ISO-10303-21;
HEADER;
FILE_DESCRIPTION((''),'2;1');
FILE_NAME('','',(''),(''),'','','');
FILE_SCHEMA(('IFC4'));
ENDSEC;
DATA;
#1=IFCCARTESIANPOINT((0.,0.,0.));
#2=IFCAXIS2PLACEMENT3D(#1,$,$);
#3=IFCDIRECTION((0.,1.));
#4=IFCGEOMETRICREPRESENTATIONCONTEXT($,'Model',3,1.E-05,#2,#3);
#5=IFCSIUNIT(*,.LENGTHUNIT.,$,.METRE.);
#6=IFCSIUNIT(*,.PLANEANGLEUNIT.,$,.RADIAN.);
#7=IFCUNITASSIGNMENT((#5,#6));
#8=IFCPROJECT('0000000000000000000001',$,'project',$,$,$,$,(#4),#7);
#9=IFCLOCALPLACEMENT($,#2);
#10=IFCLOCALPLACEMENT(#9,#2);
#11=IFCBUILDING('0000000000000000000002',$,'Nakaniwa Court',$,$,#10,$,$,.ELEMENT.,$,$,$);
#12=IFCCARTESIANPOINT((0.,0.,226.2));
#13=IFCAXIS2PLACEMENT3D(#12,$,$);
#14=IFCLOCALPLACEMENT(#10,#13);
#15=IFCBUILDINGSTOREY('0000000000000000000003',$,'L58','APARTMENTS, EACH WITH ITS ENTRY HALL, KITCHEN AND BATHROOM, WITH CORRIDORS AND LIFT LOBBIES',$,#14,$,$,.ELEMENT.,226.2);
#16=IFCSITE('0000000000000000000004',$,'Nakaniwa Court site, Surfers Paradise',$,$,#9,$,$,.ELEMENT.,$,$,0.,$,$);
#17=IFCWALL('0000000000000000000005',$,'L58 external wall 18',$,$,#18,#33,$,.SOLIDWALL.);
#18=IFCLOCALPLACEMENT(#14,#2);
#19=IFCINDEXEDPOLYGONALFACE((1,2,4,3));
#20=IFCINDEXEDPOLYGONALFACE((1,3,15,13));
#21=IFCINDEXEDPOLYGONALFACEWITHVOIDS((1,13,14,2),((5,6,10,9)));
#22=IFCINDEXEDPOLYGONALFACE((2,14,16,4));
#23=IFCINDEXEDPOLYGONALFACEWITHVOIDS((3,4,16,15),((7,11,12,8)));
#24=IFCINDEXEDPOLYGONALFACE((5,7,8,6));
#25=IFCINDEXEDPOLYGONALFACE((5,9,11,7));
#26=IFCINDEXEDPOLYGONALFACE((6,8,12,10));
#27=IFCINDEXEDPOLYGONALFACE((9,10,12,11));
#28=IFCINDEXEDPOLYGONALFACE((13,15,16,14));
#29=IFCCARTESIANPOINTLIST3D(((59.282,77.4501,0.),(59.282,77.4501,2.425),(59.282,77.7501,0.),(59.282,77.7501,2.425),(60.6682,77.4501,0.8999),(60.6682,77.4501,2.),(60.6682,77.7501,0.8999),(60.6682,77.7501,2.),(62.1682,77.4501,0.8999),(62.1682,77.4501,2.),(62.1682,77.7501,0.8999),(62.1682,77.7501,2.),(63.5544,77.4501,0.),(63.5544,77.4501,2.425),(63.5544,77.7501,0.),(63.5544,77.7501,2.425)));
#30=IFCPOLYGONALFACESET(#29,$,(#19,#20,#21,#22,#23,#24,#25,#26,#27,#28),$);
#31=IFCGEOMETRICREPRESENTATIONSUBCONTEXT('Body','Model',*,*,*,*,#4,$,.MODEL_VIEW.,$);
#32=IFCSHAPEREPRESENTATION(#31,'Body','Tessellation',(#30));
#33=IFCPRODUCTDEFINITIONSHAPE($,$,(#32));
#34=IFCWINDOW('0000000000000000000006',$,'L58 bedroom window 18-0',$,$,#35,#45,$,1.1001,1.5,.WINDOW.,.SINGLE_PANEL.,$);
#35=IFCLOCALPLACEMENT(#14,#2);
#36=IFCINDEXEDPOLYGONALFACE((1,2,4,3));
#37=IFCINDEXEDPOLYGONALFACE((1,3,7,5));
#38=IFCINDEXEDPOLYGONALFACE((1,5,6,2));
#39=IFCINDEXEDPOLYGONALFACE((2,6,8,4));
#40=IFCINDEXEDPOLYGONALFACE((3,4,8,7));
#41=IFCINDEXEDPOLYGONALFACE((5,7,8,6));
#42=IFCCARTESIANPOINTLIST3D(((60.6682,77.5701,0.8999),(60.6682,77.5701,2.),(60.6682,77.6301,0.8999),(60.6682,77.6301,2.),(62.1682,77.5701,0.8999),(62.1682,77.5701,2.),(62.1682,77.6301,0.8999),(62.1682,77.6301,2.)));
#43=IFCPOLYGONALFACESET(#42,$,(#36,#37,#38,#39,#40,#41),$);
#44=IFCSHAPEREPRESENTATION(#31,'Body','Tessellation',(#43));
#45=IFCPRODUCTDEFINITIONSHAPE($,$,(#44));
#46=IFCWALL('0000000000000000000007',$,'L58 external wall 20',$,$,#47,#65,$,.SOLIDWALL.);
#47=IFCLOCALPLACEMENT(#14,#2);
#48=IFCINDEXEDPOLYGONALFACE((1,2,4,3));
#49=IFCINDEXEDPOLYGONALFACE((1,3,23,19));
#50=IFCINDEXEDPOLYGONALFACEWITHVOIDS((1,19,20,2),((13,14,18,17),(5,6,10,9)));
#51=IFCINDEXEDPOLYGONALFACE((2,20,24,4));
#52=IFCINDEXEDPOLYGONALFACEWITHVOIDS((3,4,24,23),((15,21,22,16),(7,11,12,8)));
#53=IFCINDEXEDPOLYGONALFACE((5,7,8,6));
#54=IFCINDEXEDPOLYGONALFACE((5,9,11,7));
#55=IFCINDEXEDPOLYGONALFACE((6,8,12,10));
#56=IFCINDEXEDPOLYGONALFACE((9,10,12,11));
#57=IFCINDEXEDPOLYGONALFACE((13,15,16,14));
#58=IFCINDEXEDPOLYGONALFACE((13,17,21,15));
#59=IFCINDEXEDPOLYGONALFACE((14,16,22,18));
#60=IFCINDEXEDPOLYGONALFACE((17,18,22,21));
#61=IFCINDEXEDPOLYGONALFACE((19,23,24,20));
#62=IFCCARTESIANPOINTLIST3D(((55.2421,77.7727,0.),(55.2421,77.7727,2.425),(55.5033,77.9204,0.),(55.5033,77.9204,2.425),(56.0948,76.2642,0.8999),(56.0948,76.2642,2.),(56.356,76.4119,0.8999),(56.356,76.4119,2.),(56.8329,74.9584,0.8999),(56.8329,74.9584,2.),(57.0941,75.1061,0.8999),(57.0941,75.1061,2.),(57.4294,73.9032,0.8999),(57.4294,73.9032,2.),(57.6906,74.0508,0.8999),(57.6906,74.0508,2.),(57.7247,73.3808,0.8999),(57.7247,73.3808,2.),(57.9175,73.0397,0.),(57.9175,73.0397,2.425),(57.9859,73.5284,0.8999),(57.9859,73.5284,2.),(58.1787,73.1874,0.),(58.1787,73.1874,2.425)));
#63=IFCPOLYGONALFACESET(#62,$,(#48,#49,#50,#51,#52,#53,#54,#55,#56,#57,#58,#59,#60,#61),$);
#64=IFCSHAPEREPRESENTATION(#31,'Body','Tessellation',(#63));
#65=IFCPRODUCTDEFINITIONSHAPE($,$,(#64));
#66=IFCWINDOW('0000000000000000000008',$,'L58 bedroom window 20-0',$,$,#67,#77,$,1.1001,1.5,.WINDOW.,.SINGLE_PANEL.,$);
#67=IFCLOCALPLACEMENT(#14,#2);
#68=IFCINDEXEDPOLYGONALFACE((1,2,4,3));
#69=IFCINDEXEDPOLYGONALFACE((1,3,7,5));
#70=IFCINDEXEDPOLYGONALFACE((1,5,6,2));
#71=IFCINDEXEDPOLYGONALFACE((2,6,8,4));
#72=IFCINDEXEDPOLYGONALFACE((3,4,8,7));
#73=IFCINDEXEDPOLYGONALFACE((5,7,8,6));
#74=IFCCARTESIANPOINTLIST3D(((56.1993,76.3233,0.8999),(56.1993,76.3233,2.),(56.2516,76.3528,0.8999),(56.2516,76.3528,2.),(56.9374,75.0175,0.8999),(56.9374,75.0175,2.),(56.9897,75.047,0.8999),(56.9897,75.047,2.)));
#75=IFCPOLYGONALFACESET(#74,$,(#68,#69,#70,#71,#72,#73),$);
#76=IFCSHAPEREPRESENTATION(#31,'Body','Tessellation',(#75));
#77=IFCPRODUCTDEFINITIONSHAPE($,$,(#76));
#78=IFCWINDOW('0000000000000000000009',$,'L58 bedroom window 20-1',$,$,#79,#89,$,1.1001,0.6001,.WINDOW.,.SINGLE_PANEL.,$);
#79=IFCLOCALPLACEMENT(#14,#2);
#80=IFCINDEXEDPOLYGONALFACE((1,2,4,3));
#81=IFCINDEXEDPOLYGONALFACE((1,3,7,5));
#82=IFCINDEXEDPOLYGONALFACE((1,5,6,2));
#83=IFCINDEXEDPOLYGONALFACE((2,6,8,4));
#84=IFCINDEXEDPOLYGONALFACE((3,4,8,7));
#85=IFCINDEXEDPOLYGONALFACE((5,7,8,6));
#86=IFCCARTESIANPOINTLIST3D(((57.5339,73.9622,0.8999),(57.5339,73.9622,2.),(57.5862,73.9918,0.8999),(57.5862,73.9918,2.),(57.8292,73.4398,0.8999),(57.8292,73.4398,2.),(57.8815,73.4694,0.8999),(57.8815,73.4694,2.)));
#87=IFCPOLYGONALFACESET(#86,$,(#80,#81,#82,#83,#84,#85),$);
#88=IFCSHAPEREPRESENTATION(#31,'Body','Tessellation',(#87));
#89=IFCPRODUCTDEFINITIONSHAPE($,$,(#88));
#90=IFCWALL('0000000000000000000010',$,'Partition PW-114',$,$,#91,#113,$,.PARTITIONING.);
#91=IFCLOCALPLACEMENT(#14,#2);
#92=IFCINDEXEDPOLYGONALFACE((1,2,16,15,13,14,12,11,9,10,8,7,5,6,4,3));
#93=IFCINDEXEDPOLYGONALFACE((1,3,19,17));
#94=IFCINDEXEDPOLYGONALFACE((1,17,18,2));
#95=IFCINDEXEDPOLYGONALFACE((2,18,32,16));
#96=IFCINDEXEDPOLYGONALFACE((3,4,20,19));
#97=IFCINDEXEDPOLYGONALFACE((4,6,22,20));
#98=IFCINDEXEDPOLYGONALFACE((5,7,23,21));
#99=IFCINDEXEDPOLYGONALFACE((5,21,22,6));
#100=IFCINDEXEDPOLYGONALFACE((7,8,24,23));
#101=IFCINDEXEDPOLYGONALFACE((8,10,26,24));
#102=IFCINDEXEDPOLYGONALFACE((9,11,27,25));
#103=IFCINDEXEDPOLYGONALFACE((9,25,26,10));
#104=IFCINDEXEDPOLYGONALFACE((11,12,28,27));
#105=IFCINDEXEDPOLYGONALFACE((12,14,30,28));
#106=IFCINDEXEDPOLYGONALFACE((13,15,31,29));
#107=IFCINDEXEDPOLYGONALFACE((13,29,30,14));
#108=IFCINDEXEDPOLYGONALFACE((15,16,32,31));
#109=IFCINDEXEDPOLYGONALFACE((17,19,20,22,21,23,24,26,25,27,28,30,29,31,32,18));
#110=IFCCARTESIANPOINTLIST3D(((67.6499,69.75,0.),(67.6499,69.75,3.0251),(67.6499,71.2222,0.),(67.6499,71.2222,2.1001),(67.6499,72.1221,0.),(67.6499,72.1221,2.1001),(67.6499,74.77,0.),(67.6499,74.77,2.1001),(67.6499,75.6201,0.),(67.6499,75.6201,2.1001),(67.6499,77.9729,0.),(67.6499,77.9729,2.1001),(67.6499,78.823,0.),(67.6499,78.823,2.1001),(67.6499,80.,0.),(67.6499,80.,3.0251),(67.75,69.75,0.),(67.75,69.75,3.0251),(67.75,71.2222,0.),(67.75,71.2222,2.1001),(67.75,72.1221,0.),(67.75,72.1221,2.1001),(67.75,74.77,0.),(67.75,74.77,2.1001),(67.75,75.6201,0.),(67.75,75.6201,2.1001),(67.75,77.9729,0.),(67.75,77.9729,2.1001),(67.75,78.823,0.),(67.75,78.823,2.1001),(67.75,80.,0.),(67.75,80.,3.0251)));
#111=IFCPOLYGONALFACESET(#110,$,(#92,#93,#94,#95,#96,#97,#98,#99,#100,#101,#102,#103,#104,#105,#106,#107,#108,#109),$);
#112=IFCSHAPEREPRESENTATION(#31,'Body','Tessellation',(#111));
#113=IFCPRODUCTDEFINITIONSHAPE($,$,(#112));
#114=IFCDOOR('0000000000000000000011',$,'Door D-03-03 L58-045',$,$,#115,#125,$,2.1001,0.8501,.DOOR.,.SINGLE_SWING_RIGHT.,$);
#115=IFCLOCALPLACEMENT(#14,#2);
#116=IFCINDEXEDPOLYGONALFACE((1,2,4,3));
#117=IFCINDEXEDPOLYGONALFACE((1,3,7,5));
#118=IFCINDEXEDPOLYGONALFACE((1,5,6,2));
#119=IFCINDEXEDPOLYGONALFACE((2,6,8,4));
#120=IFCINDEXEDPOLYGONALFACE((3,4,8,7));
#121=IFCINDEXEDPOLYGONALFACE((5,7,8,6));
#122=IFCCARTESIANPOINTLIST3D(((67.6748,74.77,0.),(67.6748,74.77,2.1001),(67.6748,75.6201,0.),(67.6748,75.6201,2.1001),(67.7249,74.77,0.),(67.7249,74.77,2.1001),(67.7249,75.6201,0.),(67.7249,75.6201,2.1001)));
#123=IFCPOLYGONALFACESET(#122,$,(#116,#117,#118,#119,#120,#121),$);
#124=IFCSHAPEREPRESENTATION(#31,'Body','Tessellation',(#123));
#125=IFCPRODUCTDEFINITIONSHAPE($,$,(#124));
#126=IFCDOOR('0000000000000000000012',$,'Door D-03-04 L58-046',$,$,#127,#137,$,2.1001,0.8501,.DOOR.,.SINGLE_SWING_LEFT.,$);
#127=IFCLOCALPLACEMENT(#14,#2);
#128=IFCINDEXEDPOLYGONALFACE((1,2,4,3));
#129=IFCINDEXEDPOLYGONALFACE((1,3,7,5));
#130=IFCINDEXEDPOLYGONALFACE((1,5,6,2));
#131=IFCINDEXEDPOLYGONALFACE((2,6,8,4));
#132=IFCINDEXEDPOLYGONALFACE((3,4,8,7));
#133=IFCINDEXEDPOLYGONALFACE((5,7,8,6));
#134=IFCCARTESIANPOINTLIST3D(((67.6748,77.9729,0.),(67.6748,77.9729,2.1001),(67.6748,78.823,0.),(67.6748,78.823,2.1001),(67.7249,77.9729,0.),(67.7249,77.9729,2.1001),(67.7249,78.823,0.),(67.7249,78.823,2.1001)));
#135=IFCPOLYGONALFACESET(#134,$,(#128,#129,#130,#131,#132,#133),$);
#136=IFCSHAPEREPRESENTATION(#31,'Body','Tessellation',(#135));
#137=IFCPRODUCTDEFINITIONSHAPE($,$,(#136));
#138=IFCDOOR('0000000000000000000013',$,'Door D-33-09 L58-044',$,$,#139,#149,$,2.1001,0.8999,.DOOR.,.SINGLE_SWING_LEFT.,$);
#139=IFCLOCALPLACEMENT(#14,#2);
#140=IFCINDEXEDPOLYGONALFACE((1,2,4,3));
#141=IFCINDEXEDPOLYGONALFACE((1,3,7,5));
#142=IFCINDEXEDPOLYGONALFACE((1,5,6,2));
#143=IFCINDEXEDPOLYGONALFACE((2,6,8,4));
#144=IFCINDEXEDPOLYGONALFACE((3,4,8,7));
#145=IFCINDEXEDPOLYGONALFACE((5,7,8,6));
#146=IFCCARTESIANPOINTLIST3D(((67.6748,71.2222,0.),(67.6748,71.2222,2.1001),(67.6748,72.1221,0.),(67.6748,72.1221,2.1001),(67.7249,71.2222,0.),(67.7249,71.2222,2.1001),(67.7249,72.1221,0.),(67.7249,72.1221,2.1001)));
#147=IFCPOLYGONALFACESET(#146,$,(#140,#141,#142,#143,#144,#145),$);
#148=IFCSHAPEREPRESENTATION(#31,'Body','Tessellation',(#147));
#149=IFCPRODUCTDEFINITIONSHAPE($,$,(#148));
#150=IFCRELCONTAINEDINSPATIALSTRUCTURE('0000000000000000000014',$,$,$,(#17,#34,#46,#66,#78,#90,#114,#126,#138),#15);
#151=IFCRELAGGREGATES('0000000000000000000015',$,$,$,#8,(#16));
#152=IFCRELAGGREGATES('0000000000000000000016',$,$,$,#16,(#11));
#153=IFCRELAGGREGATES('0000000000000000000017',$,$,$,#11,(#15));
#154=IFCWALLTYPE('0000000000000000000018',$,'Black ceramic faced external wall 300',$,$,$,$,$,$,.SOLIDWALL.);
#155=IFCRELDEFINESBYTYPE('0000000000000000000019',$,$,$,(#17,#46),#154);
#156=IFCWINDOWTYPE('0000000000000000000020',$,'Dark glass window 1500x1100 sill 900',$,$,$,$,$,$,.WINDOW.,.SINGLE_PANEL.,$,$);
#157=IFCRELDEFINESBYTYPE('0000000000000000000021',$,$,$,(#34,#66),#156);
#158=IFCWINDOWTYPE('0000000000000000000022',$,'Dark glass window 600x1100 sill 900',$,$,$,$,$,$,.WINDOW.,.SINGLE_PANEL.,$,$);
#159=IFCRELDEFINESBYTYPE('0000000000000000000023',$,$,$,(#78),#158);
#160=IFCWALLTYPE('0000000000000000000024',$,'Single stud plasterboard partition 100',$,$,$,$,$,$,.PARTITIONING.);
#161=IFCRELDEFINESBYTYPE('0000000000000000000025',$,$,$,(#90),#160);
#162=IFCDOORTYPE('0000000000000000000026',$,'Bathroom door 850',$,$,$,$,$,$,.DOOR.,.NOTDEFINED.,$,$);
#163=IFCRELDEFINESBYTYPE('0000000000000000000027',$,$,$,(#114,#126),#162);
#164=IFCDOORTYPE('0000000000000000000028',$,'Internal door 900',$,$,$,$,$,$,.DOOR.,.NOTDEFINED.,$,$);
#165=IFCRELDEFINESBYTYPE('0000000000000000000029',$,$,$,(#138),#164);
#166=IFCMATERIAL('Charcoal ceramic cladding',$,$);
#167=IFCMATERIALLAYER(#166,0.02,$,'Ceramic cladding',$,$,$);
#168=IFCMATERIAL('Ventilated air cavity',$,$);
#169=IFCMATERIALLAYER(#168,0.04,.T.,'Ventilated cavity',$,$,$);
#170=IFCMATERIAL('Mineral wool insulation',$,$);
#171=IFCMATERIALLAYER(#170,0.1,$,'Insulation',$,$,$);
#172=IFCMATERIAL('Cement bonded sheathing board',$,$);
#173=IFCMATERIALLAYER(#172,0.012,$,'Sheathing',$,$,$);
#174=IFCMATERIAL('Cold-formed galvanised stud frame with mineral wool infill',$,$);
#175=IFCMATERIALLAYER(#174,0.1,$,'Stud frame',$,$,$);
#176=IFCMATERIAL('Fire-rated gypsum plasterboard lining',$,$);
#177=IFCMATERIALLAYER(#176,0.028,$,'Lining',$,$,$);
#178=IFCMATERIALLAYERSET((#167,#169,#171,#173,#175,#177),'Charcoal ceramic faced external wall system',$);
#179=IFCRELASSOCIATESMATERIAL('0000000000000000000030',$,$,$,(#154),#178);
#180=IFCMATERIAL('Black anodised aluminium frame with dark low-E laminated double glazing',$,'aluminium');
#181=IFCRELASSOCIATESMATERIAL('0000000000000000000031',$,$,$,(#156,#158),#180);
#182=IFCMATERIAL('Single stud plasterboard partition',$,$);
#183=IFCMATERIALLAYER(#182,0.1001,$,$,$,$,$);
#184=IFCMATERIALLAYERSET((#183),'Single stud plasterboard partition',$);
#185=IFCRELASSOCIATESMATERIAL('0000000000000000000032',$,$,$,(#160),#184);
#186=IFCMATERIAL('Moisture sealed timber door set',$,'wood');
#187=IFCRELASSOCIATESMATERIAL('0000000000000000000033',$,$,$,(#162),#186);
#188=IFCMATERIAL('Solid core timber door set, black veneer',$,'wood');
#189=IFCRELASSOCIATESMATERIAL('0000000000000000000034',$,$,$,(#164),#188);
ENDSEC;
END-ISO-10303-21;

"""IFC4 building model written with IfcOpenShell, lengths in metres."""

from ifc_helpers import new_model, si_unit, direction, frame, frame_2d, origin, place, context, subcontext, project, spatial, rectangle, extrude, material, layer, layer_set, type_object, element, fill, save


model = new_model("IFC4")

# Units and contexts
model_context = context("Model", 3, precision=1e-05, world=origin(), true_north=direction((0.0, 1.0)))
body_context = subcontext(model_context, "Body", "Model", "MODEL_VIEW")
ifc_project = project(units=[si_unit("LENGTHUNIT", "METRE"), si_unit("PLANEANGLEUNIT", "RADIAN")], contexts=[model_context])

# Site, building, storey
site_placement = place(None, origin())
site = spatial("IfcSite", under=ifc_project, at=site_placement, Name="Nakaniwa Court site, Surfers Paradise", CompositionType="ELEMENT", RefElevation=0.0)
building_placement = place(site_placement, origin())
building = spatial("IfcBuilding", under=site, at=building_placement, Name="Nakaniwa Court", CompositionType="ELEMENT")
storey_placement = place(building_placement, frame((0.0, 0.0, 226.2)))
storey = spatial("IfcBuildingStorey", under=building, at=storey_placement, Name="L58", Description="APARTMENTS, EACH WITH ITS ENTRY HALL, KITCHEN AND BATHROOM, WITH CORRIDORS AND LIFT LOBBIES", CompositionType="ELEMENT", Elevation=226.2)

# Shared definitions
ifc_material_1 = material(Name="Charcoal ceramic cladding")
ifc_layer_1 = layer(ifc_material_1, 0.02, Name="Ceramic cladding")
ifc_material_2 = material(Name="Ventilated air cavity")
ifc_layer_2 = layer(ifc_material_2, 0.04, ventilated=True, Name="Ventilated cavity")
ifc_material_3 = material(Name="Mineral wool insulation")
ifc_layer_3 = layer(ifc_material_3, 0.1, Name="Insulation")
ifc_material_4 = material(Name="Cement bonded sheathing board")
ifc_layer_4 = layer(ifc_material_4, 0.012, Name="Sheathing")
ifc_material_5 = material(Name="Cold-formed galvanised stud frame with mineral wool infill")
ifc_layer_5 = layer(ifc_material_5, 0.1, Name="Stud frame")
ifc_material_6 = material(Name="Fire-rated gypsum plasterboard lining")
ifc_layer_6 = layer(ifc_material_6, 0.028, Name="Lining")
ifc_layer_set_1 = layer_set([ifc_layer_1, ifc_layer_2, ifc_layer_3, ifc_layer_4, ifc_layer_5, ifc_layer_6], Name="Charcoal ceramic faced external wall system")
wall_type_1 = type_object("IfcWallType", Name="Black ceramic faced external wall 300", PredefinedType="SOLIDWALL", material=ifc_layer_set_1)
ifc_material_7 = material(Name="Black anodised aluminium frame with dark low-E laminated double glazing", Category="aluminium")
window_type_1 = type_object("IfcWindowType", Name="Dark glass window 1500x1100 sill 900", PartitioningType="SINGLE_PANEL", PredefinedType="WINDOW", material=ifc_material_7)

# Wall, opening, window
wall_1_placement = place(storey_placement, frame((63.5544, 77.6001, 0.0), z_axis=(0.0, 0.0, 1.0), x_axis=(-1.0, 0.0, 0.0)))
wall_1 = element("IfcWall", 1, at=wall_1_placement, inside=storey, type_object=wall_type_1, Name="L58 external wall 18", PredefinedType="SOLIDWALL", context=body_context, shape_type="SweptSolid", body=[
    extrude(rectangle(XDim=4.2725, YDim=0.3, at=frame_2d((2.1362, 0.0))), origin(), (0.0, 0.0, 1.0), 2.425),
])
opening_1_placement = place(wall_1_placement, frame((1.3862, 0.0, 0.8999)))
opening_1 = element("IfcOpeningElement", 2, at=opening_1_placement, cuts=wall_1, PredefinedType="OPENING", context=body_context, shape_type="SweptSolid", body=[
    extrude(rectangle(XDim=1.5, YDim=1.1001, at=frame_2d((0.75, 0.55))), frame((0.0, 0.1599, 0.0), z_axis=(0.0, -1.0, 0.0), x_axis=(1.0, 0.0, 0.0)), (0.0, 0.0, 1.0), 0.3201),
])
window_1_placement = place(opening_1_placement, origin())
window_1 = element("IfcWindow", 3, at=window_1_placement, inside=storey, type_object=window_type_1, Name="L58 bedroom window 18-0", OverallHeight=1.1001, OverallWidth=1.5, PartitioningType="SINGLE_PANEL", PredefinedType="WINDOW", context=body_context, shape_type="SweptSolid", body=[
    extrude(rectangle(XDim=1.5, YDim=1.1001, at=frame_2d((0.75, 0.55))), frame((0.0, 0.03, 0.0), z_axis=(0.0, -1.0, 0.0), x_axis=(1.0, 0.0, 0.0)), (0.0, 0.0, 1.0), 0.0601),
])
fill(opening_1, window_1)

# Wall, openings, windows
wall_2_placement = place(storey_placement, frame((55.3728, 77.8464, 0.0), z_axis=(0.0, 0.0, 1.0), x_axis=(0.492081, -0.870549, 0.0)))
wall_2 = element("IfcWall", 4, at=wall_2_placement, inside=storey, type_object=wall_type_1, Name="L58 external wall 20", PredefinedType="SOLIDWALL", context=body_context, shape_type="SweptSolid", body=[
    extrude(rectangle(XDim=5.4368, YDim=0.3, at=frame_2d((2.7183, 0.0))), origin(), (0.0, 0.0, 1.0), 2.425),
])
opening_2_placement = place(wall_2_placement, frame((1.7327, 0.0, 0.8999)))
opening_2 = element("IfcOpeningElement", 5, at=opening_2_placement, cuts=wall_2, PredefinedType="OPENING", context=body_context, shape_type="SweptSolid", body=[
    extrude(rectangle(XDim=1.5, YDim=1.1001, at=frame_2d((0.75, 0.55))), frame((0.0, 0.1599, 0.0), z_axis=(0.0, -1.0, 0.0), x_axis=(1.0, 0.0, 0.0)), (0.0, 0.0, 1.0), 0.3201),
])
opening_3_placement = place(wall_2_placement, frame((4.4448, 0.0, 0.8999)))
opening_3 = element("IfcOpeningElement", 6, at=opening_3_placement, cuts=wall_2, PredefinedType="OPENING", context=body_context, shape_type="SweptSolid", body=[
    extrude(rectangle(XDim=0.6001, YDim=1.1001, at=frame_2d((0.3, 0.55))), frame((0.0, 0.1599, 0.0), z_axis=(0.0, -1.0, 0.0), x_axis=(1.0, 0.0, 0.0)), (0.0, 0.0, 1.0), 0.3201),
])
window_2_placement = place(opening_2_placement, origin())
window_2 = element("IfcWindow", 7, at=window_2_placement, inside=storey, type_object=window_type_1, Name="L58 bedroom window 20-0", OverallHeight=1.1001, OverallWidth=1.5, PartitioningType="SINGLE_PANEL", PredefinedType="WINDOW", context=body_context, shape_type="SweptSolid", body=[
    extrude(rectangle(XDim=1.5, YDim=1.1001, at=frame_2d((0.75, 0.55))), frame((0.0, 0.03, 0.0), z_axis=(0.0, -1.0, 0.0), x_axis=(1.0, 0.0, 0.0)), (0.0, 0.0, 1.0), 0.0601),
])
fill(opening_2, window_2)
window_type_2 = type_object("IfcWindowType", Name="Dark glass window 600x1100 sill 900", PartitioningType="SINGLE_PANEL", PredefinedType="WINDOW", material=ifc_material_7)
window_3_placement = place(opening_3_placement, origin())
window_3 = element("IfcWindow", 8, at=window_3_placement, inside=storey, type_object=window_type_2, Name="L58 bedroom window 20-1", OverallHeight=1.1001, OverallWidth=0.6001, PartitioningType="SINGLE_PANEL", PredefinedType="WINDOW", context=body_context, shape_type="SweptSolid", body=[
    extrude(rectangle(XDim=0.6001, YDim=1.1001, at=frame_2d((0.3, 0.55))), frame((0.0, 0.03, 0.0), z_axis=(0.0, -1.0, 0.0), x_axis=(1.0, 0.0, 0.0)), (0.0, 0.0, 1.0), 0.0601),
])
fill(opening_3, window_3)

# Wall, openings, doors
ifc_material_8 = material(Name="Single stud plasterboard partition")
ifc_layer_7 = layer(ifc_material_8, 0.1001)
ifc_layer_set_2 = layer_set([ifc_layer_7], Name="Single stud plasterboard partition")
wall_type_2 = type_object("IfcWallType", Name="Single stud plasterboard partition 100", PredefinedType="PARTITIONING", material=ifc_layer_set_2)
wall_3_placement = place(storey_placement, frame((67.7, 80.0, 0.0), z_axis=(0.0, 0.0, 1.0), x_axis=(0.0, -1.0, 0.0)))
wall_3 = element("IfcWall", 9, at=wall_3_placement, inside=storey, type_object=wall_type_2, Name="Partition PW-114", PredefinedType="PARTITIONING", context=body_context, shape_type="SweptSolid", body=[
    extrude(rectangle(XDim=10.25, YDim=0.1001, at=frame_2d((5.125, 0.0))), origin(), (0.0, 0.0, 1.0), 3.0251),
])
opening_4_placement = place(wall_3_placement, frame((7.8779, 0.0, 0.0)))
opening_4 = element("IfcOpeningElement", 10, at=opening_4_placement, cuts=wall_3, PredefinedType="OPENING", context=body_context, shape_type="SweptSolid", body=[
    extrude(rectangle(XDim=0.8999, YDim=2.1001, at=frame_2d((0.45, 1.05))), frame((0.0, 0.0601, 0.0), z_axis=(0.0, -1.0, 0.0), x_axis=(1.0, 0.0, 0.0)), (0.0, 0.0, 1.0), 0.1201),
])
opening_5_placement = place(wall_3_placement, frame((4.3799, 0.0, 0.0)))
opening_5 = element("IfcOpeningElement", 11, at=opening_5_placement, cuts=wall_3, PredefinedType="OPENING", context=body_context, shape_type="SweptSolid", body=[
    extrude(rectangle(XDim=0.8501, YDim=2.1001, at=frame_2d((0.425, 1.05))), frame((0.0, 0.0601, 0.0), z_axis=(0.0, -1.0, 0.0), x_axis=(1.0, 0.0, 0.0)), (0.0, 0.0, 1.0), 0.1201),
])
opening_6_placement = place(wall_3_placement, frame((1.177, 0.0, 0.0)))
opening_6 = element("IfcOpeningElement", 12, at=opening_6_placement, cuts=wall_3, PredefinedType="OPENING", context=body_context, shape_type="SweptSolid", body=[
    extrude(rectangle(XDim=0.8501, YDim=2.1001, at=frame_2d((0.425, 1.05))), frame((0.0, 0.0601, 0.0), z_axis=(0.0, -1.0, 0.0), x_axis=(1.0, 0.0, 0.0)), (0.0, 0.0, 1.0), 0.1201),
])
ifc_material_9 = material(Name="Moisture sealed timber door set", Category="wood")
door_type_1 = type_object("IfcDoorType", Name="Bathroom door 850", OperationType="NOTDEFINED", PredefinedType="DOOR", material=ifc_material_9)
door_1_placement = place(opening_5_placement, origin())
door_1 = element("IfcDoor", 13, at=door_1_placement, inside=storey, type_object=door_type_1, Name="Door D-03-03 L58-045", OperationType="SINGLE_SWING_RIGHT", OverallHeight=2.1001, OverallWidth=0.8501, PredefinedType="DOOR", context=body_context, shape_type="SweptSolid", body=[
    extrude(rectangle(XDim=0.8501, YDim=2.1001, at=frame_2d((0.425, 1.05))), frame((0.0, 0.0249, 0.0), z_axis=(0.0, -1.0, 0.0), x_axis=(1.0, 0.0, 0.0)), (0.0, 0.0, 1.0), 0.05),
])
fill(opening_5, door_1)
door_2_placement = place(opening_6_placement, origin())
door_2 = element("IfcDoor", 14, at=door_2_placement, inside=storey, type_object=door_type_1, Name="Door D-03-04 L58-046", OperationType="SINGLE_SWING_LEFT", OverallHeight=2.1001, OverallWidth=0.8501, PredefinedType="DOOR", context=body_context, shape_type="SweptSolid", body=[
    extrude(rectangle(XDim=0.8501, YDim=2.1001, at=frame_2d((0.425, 1.05))), frame((0.0, 0.0249, 0.0), z_axis=(0.0, -1.0, 0.0), x_axis=(1.0, 0.0, 0.0)), (0.0, 0.0, 1.0), 0.05),
])
fill(opening_6, door_2)
ifc_material_10 = material(Name="Solid core timber door set, black veneer", Category="wood")
door_type_2 = type_object("IfcDoorType", Name="Internal door 900", OperationType="NOTDEFINED", PredefinedType="DOOR", material=ifc_material_10)
door_3_placement = place(opening_4_placement, origin())
door_3 = element("IfcDoor", 15, at=door_3_placement, inside=storey, type_object=door_type_2, Name="Door D-33-09 L58-044", OperationType="SINGLE_SWING_LEFT", OverallHeight=2.1001, OverallWidth=0.8999, PredefinedType="DOOR", context=body_context, shape_type="SweptSolid", body=[
    extrude(rectangle(XDim=0.8999, YDim=2.1001, at=frame_2d((0.45, 1.05))), frame((0.0, 0.0249, 0.0), z_axis=(0.0, -1.0, 0.0), x_axis=(1.0, 0.0, 0.0)), (0.0, 0.0, 1.0), 0.05),
])
fill(opening_4, door_3)

save(model, "model.ifc")
